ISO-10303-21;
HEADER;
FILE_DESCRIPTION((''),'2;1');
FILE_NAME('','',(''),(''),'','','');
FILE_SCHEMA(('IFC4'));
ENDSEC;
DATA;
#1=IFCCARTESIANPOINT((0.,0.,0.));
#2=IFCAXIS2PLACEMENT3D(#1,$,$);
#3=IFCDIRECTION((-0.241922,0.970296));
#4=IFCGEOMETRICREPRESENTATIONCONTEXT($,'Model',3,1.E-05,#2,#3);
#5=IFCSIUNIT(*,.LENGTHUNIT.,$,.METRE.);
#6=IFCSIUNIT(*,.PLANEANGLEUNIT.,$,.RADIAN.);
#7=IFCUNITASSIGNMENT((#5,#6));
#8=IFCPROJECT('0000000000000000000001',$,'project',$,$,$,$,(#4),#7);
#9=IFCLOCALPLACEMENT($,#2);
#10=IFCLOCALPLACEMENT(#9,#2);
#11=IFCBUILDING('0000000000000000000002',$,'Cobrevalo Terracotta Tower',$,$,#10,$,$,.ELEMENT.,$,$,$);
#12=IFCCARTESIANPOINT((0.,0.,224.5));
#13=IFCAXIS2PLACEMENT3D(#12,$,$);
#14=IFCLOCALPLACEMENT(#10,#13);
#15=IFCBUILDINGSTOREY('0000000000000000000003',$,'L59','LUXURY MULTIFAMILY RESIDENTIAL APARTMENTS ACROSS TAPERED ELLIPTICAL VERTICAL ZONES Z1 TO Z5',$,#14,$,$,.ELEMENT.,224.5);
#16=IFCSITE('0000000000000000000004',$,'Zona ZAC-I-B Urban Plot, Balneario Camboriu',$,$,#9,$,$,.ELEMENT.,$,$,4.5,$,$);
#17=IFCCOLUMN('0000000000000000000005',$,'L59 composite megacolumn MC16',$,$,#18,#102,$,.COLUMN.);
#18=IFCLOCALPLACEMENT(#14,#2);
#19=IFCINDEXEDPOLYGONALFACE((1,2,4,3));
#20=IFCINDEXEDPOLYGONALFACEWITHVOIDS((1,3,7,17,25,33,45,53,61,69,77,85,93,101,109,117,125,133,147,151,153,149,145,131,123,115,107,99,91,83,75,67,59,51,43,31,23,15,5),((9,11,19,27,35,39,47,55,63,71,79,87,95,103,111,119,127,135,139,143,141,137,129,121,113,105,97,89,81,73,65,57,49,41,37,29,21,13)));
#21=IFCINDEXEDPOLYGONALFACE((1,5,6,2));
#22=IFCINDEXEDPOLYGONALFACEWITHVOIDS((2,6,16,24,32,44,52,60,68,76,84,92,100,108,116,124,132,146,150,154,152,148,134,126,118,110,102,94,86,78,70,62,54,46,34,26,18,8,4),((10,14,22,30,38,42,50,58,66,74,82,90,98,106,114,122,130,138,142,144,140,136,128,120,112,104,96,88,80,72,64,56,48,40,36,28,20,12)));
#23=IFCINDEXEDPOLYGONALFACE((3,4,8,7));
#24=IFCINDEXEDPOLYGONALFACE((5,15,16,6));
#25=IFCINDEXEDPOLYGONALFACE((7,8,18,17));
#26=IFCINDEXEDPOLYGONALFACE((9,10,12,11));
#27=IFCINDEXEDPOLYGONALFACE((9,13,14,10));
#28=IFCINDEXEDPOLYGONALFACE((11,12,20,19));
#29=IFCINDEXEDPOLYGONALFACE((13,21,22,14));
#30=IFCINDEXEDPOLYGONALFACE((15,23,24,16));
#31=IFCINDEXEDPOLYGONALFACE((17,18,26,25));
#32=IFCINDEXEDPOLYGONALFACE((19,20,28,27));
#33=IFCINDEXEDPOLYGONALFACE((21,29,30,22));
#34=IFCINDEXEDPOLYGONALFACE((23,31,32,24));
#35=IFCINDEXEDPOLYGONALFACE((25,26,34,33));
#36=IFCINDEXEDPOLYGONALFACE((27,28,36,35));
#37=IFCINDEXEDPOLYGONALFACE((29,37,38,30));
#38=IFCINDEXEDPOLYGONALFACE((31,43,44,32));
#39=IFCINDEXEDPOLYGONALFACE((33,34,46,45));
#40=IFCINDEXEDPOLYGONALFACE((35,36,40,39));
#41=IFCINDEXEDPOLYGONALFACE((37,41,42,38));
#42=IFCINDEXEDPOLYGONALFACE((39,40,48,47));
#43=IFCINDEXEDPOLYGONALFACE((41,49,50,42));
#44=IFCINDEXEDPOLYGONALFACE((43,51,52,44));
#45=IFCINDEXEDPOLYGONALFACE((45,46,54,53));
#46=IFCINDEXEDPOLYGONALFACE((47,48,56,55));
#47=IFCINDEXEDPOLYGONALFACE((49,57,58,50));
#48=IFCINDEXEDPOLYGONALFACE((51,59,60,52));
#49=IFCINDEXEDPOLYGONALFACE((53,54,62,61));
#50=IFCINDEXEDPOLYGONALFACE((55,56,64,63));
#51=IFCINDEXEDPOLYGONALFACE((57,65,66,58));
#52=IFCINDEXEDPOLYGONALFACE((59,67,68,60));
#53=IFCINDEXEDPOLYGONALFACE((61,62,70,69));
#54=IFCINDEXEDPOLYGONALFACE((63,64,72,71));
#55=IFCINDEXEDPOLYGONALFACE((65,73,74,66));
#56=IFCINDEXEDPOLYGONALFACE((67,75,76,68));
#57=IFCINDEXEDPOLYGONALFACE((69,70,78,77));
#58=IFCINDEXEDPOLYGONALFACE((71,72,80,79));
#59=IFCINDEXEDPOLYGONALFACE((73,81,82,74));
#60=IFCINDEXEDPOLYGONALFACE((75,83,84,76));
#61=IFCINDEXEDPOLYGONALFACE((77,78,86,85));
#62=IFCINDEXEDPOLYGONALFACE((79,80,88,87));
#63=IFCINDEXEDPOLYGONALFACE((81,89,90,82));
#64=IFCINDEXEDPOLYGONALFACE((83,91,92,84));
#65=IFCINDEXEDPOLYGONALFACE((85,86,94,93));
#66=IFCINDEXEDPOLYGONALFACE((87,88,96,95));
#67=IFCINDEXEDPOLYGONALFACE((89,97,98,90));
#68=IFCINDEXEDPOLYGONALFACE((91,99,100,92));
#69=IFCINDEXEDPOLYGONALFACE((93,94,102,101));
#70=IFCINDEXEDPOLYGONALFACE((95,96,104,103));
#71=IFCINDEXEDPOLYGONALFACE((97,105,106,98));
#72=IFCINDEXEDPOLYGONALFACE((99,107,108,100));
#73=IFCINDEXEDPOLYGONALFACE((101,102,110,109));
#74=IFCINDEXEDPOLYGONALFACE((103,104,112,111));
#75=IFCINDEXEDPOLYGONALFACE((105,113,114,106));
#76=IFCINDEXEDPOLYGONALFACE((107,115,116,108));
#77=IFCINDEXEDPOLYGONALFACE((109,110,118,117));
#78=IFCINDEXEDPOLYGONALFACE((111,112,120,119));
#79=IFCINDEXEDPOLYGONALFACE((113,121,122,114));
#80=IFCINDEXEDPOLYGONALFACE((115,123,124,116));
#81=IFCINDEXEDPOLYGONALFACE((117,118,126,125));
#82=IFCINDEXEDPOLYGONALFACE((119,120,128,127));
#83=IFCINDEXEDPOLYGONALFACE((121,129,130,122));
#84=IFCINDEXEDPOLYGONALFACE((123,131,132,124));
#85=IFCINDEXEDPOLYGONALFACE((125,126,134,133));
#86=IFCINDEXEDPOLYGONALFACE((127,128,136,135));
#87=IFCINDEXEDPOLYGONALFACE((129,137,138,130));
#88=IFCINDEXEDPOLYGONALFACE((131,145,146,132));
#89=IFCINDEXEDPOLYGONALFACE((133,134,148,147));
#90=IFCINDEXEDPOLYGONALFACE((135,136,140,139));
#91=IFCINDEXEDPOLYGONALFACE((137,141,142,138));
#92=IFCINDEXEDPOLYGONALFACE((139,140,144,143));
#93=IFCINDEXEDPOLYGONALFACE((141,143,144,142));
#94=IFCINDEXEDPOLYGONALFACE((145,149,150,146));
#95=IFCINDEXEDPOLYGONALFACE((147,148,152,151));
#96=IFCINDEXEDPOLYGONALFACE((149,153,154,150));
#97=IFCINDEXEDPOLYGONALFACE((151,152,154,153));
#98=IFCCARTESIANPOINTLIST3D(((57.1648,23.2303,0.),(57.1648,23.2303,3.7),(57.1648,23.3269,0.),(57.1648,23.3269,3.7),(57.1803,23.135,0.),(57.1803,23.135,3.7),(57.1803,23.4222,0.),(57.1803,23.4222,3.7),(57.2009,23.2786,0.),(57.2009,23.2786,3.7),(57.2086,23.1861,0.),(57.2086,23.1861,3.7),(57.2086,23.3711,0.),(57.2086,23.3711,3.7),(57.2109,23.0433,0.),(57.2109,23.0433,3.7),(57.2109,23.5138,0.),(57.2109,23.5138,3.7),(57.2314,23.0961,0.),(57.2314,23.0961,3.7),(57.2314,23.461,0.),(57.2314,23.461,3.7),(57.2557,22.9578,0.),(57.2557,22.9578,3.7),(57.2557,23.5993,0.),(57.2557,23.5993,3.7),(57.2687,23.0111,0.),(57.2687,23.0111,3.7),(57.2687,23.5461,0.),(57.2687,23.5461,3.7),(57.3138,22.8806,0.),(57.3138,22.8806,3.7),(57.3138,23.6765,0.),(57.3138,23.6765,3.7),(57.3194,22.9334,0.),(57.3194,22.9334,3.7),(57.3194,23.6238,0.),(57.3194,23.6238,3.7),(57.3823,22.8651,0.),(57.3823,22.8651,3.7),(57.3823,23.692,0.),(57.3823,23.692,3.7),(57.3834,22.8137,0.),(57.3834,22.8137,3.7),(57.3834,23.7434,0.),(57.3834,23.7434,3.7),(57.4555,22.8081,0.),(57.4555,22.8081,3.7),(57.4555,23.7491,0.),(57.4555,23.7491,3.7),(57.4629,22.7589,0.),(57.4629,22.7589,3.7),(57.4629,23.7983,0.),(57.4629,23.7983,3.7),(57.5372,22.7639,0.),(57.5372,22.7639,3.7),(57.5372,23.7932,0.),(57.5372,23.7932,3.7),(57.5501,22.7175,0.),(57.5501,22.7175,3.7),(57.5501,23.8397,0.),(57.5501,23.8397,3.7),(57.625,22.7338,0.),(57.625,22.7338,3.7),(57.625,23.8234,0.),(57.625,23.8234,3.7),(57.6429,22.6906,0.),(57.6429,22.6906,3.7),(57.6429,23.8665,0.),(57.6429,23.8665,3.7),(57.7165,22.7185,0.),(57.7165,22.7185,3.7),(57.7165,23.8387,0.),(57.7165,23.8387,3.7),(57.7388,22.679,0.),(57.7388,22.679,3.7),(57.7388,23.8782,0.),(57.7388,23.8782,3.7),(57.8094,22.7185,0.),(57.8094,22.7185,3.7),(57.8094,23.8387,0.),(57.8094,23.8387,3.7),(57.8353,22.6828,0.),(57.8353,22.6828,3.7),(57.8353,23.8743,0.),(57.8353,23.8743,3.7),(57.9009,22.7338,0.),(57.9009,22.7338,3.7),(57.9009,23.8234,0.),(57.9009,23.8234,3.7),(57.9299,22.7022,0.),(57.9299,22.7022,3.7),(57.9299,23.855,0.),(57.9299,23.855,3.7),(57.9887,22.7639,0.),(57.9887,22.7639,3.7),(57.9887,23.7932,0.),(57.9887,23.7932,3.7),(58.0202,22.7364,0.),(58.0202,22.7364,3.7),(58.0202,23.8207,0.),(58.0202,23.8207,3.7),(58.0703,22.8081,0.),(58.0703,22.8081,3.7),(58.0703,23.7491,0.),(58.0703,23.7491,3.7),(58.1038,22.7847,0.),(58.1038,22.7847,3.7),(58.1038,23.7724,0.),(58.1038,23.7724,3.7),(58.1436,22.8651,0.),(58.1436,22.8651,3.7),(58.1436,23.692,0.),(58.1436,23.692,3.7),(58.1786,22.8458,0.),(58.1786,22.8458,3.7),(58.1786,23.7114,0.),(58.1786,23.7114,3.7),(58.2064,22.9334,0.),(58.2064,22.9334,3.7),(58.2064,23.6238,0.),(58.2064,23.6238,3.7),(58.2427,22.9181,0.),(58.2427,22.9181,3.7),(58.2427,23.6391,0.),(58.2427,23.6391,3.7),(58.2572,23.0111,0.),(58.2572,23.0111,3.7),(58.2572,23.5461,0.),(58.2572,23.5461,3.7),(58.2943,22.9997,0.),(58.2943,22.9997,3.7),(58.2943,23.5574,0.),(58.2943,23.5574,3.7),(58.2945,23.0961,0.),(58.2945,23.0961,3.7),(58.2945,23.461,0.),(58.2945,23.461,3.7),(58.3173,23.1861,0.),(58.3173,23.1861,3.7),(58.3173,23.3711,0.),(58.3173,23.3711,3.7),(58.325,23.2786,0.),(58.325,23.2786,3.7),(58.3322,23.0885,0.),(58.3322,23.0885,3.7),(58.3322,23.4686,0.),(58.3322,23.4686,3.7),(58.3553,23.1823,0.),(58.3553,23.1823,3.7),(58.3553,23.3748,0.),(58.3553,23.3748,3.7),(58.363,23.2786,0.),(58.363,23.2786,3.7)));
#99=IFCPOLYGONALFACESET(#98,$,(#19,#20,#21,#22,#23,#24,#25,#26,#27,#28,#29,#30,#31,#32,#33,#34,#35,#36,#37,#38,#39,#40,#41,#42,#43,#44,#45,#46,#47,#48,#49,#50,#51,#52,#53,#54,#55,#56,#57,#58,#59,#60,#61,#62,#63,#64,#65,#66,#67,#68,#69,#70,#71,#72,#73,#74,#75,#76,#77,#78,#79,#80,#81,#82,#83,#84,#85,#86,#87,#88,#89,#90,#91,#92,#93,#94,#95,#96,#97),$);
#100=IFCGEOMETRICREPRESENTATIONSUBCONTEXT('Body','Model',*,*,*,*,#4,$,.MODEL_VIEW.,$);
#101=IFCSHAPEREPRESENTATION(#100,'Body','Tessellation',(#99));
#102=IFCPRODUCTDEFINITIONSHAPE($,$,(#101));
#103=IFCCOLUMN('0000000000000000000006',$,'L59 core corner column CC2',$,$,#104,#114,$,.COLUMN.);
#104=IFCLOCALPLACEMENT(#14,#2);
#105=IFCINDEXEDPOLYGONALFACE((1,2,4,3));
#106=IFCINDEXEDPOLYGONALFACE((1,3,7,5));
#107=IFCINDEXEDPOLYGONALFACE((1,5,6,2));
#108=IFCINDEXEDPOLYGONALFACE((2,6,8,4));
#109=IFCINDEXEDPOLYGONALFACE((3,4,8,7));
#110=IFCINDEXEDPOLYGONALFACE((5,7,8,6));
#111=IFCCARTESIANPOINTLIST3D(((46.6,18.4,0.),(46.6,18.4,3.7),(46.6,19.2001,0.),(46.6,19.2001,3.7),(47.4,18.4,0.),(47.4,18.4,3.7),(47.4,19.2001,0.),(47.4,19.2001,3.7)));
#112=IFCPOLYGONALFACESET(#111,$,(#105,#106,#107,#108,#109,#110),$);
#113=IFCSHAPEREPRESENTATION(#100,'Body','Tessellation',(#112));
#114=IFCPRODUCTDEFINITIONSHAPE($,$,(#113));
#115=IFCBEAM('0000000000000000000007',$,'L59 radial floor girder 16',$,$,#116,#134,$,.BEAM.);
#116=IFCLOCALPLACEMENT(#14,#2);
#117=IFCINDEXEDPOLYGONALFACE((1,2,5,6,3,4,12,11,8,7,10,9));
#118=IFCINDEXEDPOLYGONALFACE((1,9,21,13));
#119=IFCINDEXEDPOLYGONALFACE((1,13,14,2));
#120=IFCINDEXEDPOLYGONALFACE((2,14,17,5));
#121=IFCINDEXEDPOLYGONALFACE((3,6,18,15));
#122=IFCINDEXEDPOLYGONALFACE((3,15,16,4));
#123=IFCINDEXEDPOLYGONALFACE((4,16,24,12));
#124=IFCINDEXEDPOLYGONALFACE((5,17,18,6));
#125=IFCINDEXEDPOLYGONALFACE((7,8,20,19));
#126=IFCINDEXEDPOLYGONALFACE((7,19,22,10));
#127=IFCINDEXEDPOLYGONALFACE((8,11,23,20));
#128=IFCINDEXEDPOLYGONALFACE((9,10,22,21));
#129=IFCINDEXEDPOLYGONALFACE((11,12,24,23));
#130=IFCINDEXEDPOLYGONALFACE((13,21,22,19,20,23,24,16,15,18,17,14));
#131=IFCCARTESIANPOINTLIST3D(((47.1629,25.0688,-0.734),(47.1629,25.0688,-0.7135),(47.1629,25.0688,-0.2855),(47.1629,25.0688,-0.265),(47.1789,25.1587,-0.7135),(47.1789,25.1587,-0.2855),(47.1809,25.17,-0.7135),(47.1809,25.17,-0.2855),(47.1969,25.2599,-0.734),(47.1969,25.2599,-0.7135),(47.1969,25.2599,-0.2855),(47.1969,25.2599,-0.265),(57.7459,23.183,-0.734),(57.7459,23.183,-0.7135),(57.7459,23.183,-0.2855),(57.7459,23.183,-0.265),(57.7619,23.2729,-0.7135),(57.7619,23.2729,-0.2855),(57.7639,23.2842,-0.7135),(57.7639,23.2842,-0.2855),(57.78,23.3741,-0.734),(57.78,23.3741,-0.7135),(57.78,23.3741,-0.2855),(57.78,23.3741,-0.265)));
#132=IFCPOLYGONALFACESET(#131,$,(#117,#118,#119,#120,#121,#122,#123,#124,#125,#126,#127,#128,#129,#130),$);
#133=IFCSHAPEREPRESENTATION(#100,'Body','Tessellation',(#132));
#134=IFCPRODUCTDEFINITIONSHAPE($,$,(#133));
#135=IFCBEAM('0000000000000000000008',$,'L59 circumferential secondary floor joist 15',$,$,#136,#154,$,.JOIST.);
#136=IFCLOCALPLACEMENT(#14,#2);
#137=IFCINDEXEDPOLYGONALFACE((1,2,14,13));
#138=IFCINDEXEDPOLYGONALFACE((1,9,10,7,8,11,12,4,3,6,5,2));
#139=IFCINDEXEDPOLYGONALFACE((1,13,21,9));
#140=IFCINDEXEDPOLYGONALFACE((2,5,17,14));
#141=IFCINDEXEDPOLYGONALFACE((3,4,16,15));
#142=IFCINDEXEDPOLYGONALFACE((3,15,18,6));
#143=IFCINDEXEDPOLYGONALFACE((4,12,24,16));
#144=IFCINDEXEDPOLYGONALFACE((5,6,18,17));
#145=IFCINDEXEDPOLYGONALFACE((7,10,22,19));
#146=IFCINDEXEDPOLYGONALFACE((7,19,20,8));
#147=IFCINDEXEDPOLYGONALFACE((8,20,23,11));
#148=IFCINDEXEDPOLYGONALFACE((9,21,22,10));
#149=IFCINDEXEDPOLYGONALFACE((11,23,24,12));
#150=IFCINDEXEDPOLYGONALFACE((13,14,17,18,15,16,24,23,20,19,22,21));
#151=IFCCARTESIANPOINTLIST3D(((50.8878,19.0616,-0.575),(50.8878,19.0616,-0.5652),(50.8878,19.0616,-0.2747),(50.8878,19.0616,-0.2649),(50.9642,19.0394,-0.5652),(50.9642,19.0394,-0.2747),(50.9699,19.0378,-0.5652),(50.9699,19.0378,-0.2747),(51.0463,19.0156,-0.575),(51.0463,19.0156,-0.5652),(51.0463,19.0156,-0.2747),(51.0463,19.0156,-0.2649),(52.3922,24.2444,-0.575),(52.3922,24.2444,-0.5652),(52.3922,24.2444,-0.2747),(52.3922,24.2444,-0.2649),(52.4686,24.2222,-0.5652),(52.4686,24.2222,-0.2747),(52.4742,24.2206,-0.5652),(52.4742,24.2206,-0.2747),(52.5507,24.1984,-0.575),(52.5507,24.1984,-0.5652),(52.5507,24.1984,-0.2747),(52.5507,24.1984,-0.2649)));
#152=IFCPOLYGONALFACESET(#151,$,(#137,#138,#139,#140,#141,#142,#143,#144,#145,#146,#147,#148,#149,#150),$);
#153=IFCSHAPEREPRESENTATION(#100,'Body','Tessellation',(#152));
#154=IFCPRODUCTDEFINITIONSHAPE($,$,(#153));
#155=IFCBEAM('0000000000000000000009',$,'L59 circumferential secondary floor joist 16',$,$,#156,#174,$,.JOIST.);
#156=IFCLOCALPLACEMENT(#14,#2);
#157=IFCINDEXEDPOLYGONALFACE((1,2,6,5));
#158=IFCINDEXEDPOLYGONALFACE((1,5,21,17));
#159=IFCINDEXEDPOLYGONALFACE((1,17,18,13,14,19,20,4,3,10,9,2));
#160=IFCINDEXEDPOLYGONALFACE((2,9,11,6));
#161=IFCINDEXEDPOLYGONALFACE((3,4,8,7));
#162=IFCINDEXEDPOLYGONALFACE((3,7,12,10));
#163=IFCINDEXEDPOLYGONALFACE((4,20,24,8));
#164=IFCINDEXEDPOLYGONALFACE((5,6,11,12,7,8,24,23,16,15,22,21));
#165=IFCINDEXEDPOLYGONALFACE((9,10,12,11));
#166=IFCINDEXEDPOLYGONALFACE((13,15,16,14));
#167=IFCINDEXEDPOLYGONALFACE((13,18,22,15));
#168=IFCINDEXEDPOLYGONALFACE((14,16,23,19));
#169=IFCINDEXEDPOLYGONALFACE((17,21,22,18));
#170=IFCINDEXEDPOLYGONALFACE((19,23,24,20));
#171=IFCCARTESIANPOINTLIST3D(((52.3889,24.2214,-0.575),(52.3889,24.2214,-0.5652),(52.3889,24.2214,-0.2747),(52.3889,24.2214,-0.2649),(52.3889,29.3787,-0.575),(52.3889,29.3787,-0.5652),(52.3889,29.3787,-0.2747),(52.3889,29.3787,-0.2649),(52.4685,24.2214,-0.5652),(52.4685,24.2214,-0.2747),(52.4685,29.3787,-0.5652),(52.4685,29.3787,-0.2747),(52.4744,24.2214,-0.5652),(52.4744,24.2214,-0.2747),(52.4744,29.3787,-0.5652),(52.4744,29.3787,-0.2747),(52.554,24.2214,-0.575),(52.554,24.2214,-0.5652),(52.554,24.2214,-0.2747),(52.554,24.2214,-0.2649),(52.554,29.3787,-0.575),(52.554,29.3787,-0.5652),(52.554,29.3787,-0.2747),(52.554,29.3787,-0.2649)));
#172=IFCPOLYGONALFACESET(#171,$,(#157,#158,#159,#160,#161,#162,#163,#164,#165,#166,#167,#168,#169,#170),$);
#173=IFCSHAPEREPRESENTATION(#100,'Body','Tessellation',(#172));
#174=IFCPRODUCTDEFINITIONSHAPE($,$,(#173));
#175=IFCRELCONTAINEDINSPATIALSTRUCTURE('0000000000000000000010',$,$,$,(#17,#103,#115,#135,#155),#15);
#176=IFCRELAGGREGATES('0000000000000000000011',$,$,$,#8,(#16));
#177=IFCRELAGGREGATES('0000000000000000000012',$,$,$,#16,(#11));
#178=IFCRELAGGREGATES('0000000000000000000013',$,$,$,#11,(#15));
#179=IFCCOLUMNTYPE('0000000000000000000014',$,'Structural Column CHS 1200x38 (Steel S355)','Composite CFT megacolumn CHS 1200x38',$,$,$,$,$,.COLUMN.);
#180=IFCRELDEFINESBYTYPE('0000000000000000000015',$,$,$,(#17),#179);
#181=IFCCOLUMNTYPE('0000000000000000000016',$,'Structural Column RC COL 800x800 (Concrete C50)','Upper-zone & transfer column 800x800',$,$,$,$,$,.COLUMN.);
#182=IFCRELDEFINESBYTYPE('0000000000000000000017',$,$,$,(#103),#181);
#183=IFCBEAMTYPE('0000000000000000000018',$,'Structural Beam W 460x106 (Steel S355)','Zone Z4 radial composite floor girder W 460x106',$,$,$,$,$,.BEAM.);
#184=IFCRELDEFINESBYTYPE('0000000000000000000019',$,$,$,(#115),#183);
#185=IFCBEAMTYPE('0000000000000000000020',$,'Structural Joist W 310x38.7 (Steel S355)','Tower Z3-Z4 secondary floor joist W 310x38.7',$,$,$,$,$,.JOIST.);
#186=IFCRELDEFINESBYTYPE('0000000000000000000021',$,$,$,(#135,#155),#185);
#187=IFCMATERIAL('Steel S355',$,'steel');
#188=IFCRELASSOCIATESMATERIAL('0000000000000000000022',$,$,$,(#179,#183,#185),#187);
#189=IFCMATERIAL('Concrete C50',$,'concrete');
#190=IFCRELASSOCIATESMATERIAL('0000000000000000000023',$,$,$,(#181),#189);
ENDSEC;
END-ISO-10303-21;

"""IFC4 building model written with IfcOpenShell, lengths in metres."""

from ifc_helpers import new_model, si_unit, direction, frame, origin, origin_2d, place, context, subcontext, project, spatial, rectangle, hollow_circle, i_section, extrude, material, material_profile, profile_set, type_object, element, save


model = new_model("IFC4")

# Units and contexts
model_context = context("Model", 3, precision=1e-05, world=origin(), true_north=direction((-0.241922, 0.970296)))
body_context = subcontext(model_context, "Body", "Model", "MODEL_VIEW")
ifc_project = project(units=[si_unit("LENGTHUNIT", "METRE"), si_unit("PLANEANGLEUNIT", "RADIAN")], contexts=[model_context])

# Site, building, storey
site_placement = place(None, origin())
site = spatial("IfcSite", under=ifc_project, at=site_placement, Name="Zona ZAC-I-B Urban Plot, Balneario Camboriu", CompositionType="ELEMENT", RefElevation=4.5)
building_placement = place(site_placement, origin())
building = spatial("IfcBuilding", under=site, at=building_placement, Name="Cobrevalo Terracotta Tower", CompositionType="ELEMENT")
storey_placement = place(building_placement, frame((0.0, 0.0, 224.5)))
storey = spatial("IfcBuildingStorey", under=building, at=storey_placement, Name="L59", Description="LUXURY MULTIFAMILY RESIDENTIAL APARTMENTS ACROSS TAPERED ELLIPTICAL VERTICAL ZONES Z1 TO Z5", CompositionType="ELEMENT", Elevation=224.5)

# Columns
ifc_material_1 = material(Name="Steel S355", Category="steel")
ifc_material_profile_1 = material_profile(ifc_material_1, hollow_circle(Radius=0.6001, WallThickness=0.0381, at=origin_2d()), Name="CHS 1200x38")
ifc_profile_set_1 = profile_set([ifc_material_profile_1], Name="Steel S355")
column_type_1 = type_object("IfcColumnType", Name="Structural Column CHS 1200x38 (Steel S355)", Description="Composite CFT megacolumn CHS 1200x38", PredefinedType="COLUMN", material=ifc_profile_set_1)
column_1_placement = place(storey_placement, frame((57.7629, 23.2786, 0.0), z_axis=(0.0, 0.0, 1.0), x_axis=(1.0, 0.0, 0.0)))
element("IfcColumn", 1, at=column_1_placement, inside=storey, type_object=column_type_1, Name="L59 composite megacolumn MC16", PredefinedType="COLUMN", context=body_context, shape_type="SweptSolid", body=[
    extrude(hollow_circle(Radius=0.6001, WallThickness=0.0381, at=origin_2d()), origin(), (0.0, 0.0, 1.0), 3.7),
])
ifc_material_2 = material(Name="Concrete C50", Category="concrete")
ifc_material_profile_2 = material_profile(ifc_material_2, rectangle(XDim=0.8, YDim=0.8, at=origin_2d()), Name="RC COL 800x800")
ifc_profile_set_2 = profile_set([ifc_material_profile_2], Name="Concrete C50")
column_type_2 = type_object("IfcColumnType", Name="Structural Column RC COL 800x800 (Concrete C50)", Description="Upper-zone & transfer column 800x800", PredefinedType="COLUMN", material=ifc_profile_set_2)
column_2_placement = place(storey_placement, frame((47.0, 18.8, 0.0), z_axis=(0.0, 0.0, 1.0), x_axis=(1.0, 0.0, 0.0)))
element("IfcColumn", 2, at=column_2_placement, inside=storey, type_object=column_type_2, Name="L59 core corner column CC2", PredefinedType="COLUMN", context=body_context, shape_type="SweptSolid", body=[
    extrude(rectangle(XDim=0.8, YDim=0.8, at=origin_2d()), origin(), (0.0, 0.0, 1.0), 3.7),
])

# Beams
ifc_material_profile_3 = material_profile(ifc_material_1, i_section(OverallWidth=0.1941, OverallDepth=0.469, WebThickness=0.0115, FlangeThickness=0.0205, at=origin_2d()), Name="W 460x106")
ifc_profile_set_3 = profile_set([ifc_material_profile_3], Name="Steel S355")
beam_type_1 = type_object("IfcBeamType", Name="Structural Beam W 460x106 (Steel S355)", Description="Zone Z4 radial composite floor girder W 460x106", PredefinedType="BEAM", material=ifc_profile_set_3)
beam_1_placement = place(storey_placement, frame((57.7629, 23.2786, -0.4995), z_axis=(-0.984493, 0.175423, 0.0), x_axis=(-0.175423, -0.984493, 0.0)))
element("IfcBeam", 3, at=beam_1_placement, inside=storey, type_object=beam_type_1, Name="L59 radial floor girder 16", PredefinedType="BEAM", context=body_context, shape_type="SweptSolid", body=[
    extrude(i_section(OverallWidth=0.1941, OverallDepth=0.469, WebThickness=0.0115, FlangeThickness=0.0205, at=origin_2d()), origin(), (0.0, 0.0, 1.0), 10.7498),
])
ifc_material_profile_4 = material_profile(ifc_material_1, i_section(OverallWidth=0.165, OverallDepth=0.3101, WebThickness=0.0059, FlangeThickness=0.0098, at=origin_2d()), Name="W 310x38.7")
ifc_profile_set_4 = profile_set([ifc_material_profile_4], Name="Steel S355")
beam_type_2 = type_object("IfcBeamType", Name="Structural Joist W 310x38.7 (Steel S355)", Description="Tower Z3-Z4 secondary floor joist W 310x38.7", PredefinedType="JOIST", material=ifc_profile_set_4)
beam_2_placement = place(storey_placement, frame((50.967, 19.0386, -0.4199), z_axis=(0.278758, 0.960361, 0.0), x_axis=(-0.960361, 0.278758, 0.0)))
element("IfcBeam", 4, at=beam_2_placement, inside=storey, type_object=beam_type_2, Name="L59 circumferential secondary floor joist 15", PredefinedType="JOIST", context=body_context, shape_type="SweptSolid", body=[
    extrude(i_section(OverallWidth=0.165, OverallDepth=0.3101, WebThickness=0.0059, FlangeThickness=0.0098, at=origin_2d()), origin(), (0.0, 0.0, 1.0), 5.3967),
])
beam_3_placement = place(storey_placement, frame((52.4714, 24.2214, -0.4199), z_axis=(0.0, 1.0, 0.0), x_axis=(-1.0, 0.0, 0.0)))
element("IfcBeam", 5, at=beam_3_placement, inside=storey, type_object=beam_type_2, Name="L59 circumferential secondary floor joist 16", PredefinedType="JOIST", context=body_context, shape_type="SweptSolid", body=[
    extrude(i_section(OverallWidth=0.165, OverallDepth=0.3101, WebThickness=0.0059, FlangeThickness=0.0098, at=origin_2d()), origin(), (0.0, 0.0, 1.0), 5.1572),
])

save(model, "model.ifc")
